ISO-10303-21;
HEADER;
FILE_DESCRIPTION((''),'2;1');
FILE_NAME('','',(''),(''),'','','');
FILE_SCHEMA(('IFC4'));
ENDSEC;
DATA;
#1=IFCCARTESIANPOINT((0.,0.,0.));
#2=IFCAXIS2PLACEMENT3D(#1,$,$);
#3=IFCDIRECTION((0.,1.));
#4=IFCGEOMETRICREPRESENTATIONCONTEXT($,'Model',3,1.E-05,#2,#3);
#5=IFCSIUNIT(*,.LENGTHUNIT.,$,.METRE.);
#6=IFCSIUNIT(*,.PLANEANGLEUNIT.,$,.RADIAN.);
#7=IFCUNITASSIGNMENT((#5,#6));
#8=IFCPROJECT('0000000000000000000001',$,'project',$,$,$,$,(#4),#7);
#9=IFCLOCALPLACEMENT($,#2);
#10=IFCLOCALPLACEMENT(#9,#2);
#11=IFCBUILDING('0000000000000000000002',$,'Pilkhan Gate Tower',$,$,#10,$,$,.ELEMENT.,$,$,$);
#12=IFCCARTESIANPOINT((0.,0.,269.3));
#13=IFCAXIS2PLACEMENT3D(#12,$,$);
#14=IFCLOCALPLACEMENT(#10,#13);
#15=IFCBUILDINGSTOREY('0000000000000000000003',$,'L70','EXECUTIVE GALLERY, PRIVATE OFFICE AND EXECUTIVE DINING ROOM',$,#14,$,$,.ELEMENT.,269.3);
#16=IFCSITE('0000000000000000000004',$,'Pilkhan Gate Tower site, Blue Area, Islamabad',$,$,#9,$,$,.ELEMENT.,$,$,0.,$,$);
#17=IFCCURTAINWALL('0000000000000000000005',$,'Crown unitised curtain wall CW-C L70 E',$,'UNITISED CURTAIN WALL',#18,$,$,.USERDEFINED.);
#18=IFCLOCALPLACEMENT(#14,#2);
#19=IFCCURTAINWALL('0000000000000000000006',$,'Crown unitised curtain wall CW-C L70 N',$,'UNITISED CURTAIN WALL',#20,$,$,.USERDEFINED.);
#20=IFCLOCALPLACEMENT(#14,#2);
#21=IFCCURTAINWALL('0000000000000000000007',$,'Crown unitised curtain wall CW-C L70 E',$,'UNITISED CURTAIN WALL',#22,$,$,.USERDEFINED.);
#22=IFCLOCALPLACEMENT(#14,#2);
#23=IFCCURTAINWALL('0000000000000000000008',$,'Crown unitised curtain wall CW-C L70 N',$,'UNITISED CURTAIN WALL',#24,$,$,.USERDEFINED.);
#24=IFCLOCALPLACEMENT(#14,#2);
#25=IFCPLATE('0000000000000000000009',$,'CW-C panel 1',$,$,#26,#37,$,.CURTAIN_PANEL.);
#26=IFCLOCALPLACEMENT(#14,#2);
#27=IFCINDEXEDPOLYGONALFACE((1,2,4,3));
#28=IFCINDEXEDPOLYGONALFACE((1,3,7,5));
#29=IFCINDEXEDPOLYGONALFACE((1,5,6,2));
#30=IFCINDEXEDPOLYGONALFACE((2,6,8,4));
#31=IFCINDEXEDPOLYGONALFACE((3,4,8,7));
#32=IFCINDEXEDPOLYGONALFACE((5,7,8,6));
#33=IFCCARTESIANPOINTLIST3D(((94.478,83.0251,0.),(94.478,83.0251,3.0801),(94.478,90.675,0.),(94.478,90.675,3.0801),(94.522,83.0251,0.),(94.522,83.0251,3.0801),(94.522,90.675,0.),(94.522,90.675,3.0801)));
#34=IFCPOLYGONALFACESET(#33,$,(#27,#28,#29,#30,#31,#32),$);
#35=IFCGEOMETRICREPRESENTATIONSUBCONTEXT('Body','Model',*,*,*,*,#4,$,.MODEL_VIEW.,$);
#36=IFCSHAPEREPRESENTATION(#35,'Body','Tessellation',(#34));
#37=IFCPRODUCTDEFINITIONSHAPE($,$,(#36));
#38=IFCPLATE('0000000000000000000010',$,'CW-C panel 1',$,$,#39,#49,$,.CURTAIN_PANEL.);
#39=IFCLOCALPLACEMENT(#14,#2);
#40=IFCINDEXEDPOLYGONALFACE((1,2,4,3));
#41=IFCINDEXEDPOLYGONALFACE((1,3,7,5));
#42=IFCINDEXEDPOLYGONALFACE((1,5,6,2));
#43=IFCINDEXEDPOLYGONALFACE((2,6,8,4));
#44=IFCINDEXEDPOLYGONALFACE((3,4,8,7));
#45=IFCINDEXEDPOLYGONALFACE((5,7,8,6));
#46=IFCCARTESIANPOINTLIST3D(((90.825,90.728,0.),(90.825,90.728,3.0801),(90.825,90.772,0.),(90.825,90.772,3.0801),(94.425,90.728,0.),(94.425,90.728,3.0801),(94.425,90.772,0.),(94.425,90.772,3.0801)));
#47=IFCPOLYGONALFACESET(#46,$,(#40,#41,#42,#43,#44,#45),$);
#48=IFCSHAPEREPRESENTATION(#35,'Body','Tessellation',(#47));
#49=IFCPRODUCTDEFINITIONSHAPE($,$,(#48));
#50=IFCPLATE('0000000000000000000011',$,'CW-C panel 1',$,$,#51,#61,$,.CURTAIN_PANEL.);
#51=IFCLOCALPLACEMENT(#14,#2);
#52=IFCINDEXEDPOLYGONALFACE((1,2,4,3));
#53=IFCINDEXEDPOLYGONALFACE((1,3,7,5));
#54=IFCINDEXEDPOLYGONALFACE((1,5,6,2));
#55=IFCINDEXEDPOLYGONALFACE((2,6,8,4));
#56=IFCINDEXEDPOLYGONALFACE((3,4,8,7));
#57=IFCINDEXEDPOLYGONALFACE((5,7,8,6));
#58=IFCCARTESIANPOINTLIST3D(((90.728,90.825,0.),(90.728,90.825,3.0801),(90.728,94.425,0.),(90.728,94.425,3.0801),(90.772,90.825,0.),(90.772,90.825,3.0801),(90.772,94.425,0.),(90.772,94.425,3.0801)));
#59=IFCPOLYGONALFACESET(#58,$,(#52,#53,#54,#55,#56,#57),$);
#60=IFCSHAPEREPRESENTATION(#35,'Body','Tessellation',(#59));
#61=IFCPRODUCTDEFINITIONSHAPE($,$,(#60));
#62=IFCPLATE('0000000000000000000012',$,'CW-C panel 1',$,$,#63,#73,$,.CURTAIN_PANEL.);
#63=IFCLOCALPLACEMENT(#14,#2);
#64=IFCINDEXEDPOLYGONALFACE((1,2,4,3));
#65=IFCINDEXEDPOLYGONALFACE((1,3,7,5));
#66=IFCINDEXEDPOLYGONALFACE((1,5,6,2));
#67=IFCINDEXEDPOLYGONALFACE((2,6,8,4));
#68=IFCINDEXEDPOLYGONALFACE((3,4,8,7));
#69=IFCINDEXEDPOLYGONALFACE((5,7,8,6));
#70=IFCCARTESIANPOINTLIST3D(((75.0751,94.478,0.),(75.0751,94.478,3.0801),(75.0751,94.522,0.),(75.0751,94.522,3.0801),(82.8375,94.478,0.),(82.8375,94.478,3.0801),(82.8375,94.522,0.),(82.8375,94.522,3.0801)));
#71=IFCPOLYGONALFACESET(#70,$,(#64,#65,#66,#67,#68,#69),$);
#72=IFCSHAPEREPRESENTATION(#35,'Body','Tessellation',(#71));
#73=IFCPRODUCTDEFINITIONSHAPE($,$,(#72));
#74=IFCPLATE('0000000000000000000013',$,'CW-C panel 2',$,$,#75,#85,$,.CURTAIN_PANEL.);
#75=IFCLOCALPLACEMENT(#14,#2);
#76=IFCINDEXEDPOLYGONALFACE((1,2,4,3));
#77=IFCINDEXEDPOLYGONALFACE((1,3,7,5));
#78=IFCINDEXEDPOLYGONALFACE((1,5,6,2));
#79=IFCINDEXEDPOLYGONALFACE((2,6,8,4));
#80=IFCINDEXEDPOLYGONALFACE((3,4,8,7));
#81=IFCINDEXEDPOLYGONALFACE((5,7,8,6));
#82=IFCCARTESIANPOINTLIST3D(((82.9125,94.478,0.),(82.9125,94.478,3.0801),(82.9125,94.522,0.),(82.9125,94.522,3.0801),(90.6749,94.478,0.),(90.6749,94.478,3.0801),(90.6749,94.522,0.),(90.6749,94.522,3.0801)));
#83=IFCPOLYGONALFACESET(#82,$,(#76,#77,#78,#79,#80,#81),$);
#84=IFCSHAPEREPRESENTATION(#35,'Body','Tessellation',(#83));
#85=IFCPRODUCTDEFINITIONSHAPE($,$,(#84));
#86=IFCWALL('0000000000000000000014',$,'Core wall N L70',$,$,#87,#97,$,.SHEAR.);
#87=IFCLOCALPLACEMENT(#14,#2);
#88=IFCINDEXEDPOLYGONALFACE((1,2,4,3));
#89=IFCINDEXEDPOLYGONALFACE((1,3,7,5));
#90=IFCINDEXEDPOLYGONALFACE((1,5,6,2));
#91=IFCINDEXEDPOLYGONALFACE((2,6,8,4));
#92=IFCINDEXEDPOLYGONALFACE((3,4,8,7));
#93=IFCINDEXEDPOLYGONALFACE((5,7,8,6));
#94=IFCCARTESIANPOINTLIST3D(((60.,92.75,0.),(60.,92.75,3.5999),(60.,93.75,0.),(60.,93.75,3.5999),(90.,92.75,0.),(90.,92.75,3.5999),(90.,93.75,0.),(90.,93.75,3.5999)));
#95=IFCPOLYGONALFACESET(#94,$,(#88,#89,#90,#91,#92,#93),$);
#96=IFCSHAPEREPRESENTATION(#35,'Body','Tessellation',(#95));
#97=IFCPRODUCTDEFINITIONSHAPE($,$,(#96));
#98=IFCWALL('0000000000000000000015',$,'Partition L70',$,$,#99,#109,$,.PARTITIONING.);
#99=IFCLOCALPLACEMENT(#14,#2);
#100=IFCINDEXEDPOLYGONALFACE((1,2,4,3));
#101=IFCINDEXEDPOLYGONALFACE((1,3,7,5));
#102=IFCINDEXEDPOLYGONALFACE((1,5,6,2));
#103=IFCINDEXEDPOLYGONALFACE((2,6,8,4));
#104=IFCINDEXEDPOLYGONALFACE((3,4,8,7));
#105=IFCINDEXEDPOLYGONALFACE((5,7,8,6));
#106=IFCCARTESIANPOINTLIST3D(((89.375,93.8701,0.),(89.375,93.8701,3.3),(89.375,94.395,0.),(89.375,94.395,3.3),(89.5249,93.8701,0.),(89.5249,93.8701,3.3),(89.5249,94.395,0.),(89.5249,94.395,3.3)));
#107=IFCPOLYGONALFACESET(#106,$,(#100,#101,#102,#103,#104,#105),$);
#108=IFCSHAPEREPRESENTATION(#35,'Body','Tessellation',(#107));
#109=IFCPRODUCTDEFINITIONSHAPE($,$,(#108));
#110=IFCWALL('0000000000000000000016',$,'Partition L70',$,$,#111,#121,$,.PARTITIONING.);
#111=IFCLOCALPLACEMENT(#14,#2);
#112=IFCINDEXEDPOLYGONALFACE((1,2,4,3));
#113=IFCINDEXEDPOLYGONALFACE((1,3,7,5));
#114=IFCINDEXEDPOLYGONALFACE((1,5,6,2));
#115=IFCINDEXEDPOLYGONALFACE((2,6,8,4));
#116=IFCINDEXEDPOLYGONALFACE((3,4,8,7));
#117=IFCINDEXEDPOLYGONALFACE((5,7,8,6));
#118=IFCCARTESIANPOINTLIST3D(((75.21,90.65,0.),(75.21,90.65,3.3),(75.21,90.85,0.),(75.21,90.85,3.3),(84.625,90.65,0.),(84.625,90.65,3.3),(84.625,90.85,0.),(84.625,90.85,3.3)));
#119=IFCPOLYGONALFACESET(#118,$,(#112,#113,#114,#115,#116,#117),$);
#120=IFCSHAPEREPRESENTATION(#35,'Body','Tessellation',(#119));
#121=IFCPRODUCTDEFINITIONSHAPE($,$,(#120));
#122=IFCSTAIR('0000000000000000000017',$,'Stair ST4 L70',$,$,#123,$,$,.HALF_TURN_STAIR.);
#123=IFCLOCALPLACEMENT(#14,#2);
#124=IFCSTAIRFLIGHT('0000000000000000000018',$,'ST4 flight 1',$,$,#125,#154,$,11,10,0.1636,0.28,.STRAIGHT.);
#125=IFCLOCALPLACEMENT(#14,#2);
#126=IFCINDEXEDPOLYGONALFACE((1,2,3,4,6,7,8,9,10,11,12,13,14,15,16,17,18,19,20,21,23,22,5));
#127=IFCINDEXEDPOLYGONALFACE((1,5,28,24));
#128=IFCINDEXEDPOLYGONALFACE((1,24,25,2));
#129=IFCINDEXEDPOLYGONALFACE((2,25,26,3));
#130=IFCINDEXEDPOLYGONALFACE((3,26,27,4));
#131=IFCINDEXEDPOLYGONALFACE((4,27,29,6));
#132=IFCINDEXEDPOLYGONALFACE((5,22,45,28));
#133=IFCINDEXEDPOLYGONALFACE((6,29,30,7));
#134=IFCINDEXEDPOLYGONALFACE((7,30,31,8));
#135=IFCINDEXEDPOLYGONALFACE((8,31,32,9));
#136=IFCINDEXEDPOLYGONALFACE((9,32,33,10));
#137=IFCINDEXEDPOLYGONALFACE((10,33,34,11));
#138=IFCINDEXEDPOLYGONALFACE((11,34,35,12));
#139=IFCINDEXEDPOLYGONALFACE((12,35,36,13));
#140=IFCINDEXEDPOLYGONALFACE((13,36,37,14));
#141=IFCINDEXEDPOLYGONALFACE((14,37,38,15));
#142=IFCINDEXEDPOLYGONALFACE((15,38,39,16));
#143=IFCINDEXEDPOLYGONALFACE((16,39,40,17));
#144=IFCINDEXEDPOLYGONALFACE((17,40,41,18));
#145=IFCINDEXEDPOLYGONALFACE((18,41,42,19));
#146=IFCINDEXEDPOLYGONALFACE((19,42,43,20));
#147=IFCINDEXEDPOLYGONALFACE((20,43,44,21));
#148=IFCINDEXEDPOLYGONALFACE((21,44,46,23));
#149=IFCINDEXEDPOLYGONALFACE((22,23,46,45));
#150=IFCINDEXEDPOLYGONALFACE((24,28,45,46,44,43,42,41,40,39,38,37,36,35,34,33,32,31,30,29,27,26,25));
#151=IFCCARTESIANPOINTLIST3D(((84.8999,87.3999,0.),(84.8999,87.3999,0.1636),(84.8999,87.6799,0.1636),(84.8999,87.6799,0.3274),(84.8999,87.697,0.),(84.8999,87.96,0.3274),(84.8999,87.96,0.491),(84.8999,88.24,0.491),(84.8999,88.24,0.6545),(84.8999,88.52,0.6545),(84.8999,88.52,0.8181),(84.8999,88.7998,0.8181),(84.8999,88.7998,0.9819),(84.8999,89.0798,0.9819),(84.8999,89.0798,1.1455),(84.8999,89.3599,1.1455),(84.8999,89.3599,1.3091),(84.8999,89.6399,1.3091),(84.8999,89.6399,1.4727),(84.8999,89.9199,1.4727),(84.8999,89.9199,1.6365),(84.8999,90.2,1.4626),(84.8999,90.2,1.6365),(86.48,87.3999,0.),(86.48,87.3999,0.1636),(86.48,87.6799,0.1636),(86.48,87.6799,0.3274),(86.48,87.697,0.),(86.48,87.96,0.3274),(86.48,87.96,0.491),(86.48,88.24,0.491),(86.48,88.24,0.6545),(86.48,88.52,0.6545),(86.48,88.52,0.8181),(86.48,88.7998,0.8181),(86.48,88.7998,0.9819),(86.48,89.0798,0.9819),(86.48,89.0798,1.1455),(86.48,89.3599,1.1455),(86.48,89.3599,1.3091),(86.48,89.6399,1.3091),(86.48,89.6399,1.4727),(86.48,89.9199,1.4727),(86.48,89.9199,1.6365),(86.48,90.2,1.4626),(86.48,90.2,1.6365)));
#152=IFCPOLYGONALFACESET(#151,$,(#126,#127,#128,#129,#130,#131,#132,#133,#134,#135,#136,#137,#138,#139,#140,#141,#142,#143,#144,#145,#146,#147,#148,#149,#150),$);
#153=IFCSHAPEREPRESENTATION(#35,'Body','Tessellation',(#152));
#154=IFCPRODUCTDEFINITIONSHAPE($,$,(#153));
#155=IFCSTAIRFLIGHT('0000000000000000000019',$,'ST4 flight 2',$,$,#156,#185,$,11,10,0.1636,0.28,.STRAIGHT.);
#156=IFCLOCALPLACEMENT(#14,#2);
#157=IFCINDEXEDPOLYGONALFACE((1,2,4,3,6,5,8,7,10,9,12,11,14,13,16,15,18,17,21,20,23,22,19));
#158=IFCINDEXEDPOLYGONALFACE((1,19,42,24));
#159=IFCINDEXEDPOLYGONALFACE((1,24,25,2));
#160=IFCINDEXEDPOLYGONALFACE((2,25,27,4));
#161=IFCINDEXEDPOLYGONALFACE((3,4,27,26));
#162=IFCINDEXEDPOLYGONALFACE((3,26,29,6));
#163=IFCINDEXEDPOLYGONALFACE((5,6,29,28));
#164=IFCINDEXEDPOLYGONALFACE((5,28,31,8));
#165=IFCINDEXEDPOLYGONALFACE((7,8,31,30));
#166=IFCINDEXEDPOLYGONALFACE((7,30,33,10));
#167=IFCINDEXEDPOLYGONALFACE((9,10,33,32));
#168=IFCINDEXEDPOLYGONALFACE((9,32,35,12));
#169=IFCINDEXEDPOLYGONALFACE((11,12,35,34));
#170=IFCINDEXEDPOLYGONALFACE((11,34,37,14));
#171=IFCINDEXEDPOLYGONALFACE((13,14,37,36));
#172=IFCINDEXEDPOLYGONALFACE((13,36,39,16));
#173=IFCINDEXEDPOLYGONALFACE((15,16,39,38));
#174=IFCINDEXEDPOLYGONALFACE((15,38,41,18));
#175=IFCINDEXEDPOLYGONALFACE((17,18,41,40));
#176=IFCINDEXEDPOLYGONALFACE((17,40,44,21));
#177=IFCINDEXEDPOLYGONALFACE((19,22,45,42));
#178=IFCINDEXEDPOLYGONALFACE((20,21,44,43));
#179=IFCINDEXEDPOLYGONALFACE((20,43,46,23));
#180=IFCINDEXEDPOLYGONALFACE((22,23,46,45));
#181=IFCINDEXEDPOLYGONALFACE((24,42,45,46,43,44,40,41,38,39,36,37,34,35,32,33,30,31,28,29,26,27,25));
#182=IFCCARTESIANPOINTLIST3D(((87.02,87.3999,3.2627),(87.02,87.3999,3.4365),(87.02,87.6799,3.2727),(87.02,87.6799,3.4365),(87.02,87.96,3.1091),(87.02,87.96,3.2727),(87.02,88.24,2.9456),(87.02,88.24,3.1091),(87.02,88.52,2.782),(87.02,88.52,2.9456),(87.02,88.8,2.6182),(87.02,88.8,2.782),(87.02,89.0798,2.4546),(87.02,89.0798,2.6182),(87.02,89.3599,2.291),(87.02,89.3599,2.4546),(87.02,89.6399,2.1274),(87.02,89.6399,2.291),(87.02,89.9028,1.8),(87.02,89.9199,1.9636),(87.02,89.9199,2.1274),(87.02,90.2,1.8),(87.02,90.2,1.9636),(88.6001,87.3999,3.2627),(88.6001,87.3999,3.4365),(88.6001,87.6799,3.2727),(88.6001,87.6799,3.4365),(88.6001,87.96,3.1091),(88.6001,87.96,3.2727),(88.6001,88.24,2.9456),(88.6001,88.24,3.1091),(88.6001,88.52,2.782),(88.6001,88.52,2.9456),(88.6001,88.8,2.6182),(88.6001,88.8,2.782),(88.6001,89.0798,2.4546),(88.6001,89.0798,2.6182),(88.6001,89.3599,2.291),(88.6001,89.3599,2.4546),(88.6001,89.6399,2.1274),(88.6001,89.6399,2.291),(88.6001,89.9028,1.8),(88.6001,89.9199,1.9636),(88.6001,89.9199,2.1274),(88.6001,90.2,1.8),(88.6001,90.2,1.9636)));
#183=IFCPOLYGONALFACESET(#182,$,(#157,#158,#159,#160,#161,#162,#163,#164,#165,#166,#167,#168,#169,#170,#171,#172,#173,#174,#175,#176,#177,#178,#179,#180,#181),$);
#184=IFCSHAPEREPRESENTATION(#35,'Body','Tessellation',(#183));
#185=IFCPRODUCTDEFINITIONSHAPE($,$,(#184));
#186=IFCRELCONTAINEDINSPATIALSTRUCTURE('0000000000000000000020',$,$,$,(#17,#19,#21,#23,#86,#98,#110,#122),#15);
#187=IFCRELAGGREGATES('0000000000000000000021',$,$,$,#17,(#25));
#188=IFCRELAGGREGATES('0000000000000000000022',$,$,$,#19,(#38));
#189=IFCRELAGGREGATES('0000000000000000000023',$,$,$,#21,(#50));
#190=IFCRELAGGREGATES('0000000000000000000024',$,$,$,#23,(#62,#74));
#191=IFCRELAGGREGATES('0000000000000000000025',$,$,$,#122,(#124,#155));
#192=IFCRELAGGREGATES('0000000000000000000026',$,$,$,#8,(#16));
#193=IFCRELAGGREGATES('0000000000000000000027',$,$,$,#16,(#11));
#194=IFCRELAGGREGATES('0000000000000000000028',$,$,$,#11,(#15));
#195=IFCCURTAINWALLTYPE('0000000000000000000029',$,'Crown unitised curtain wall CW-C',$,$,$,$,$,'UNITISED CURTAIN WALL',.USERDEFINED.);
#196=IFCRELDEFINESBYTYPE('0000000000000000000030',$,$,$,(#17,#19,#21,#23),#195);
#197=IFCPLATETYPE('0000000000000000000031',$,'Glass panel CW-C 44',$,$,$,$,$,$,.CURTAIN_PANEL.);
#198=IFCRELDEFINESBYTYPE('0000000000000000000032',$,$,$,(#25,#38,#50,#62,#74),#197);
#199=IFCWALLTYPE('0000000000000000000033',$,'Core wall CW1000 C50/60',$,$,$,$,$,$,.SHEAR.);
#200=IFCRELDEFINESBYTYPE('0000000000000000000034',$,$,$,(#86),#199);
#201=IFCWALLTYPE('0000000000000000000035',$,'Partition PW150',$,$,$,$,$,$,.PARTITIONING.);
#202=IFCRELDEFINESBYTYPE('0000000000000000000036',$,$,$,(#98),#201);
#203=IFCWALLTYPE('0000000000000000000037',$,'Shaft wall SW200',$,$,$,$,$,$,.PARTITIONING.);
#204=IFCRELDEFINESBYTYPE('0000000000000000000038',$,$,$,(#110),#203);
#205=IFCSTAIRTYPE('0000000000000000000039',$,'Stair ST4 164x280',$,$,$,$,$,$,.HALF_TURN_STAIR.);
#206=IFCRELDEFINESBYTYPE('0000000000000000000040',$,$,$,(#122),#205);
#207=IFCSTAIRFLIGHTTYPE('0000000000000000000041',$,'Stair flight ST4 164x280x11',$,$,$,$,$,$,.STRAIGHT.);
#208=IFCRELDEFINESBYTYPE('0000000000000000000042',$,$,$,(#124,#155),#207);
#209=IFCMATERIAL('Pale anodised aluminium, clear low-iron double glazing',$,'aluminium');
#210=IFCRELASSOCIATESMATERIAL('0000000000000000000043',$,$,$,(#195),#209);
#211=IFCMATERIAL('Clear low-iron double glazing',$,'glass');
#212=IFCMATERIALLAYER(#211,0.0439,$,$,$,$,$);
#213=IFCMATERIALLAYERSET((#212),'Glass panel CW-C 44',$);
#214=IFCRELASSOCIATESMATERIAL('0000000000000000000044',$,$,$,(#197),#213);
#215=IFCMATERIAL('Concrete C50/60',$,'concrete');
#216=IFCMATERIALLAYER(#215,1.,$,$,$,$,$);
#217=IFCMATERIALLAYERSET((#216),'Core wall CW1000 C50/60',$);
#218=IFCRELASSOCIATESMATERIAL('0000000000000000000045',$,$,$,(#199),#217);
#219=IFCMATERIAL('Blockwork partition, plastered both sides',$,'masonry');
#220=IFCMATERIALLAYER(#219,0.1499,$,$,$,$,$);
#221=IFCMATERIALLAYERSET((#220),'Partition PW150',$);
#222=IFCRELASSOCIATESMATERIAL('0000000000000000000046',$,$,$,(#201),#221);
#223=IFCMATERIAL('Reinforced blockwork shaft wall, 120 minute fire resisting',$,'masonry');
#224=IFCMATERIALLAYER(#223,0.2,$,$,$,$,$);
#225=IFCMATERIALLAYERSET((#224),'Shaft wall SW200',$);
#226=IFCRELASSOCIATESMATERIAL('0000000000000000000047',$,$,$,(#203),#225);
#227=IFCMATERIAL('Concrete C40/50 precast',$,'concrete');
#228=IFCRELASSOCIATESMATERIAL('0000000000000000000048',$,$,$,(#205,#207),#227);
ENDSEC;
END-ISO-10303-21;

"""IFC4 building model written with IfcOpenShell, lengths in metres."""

from ifc_helpers import new_model, si_unit, direction, frame, frame_2d, origin, origin_2d, place, context, subcontext, project, spatial, polyline, rectangle, outline, extrude, material, layer, layer_set, type_object, element, aggregate, save


model = new_model("IFC4")

# Units and contexts
model_context = context("Model", 3, precision=1e-05, world=origin(), true_north=direction((0.0, 1.0)))
body_context = subcontext(model_context, "Body", "Model", "MODEL_VIEW")
ifc_project = project(units=[si_unit("LENGTHUNIT", "METRE"), si_unit("PLANEANGLEUNIT", "RADIAN")], contexts=[model_context])

# Site, building, storey
site_placement = place(None, origin())
site = spatial("IfcSite", under=ifc_project, at=site_placement, Name="Pilkhan Gate Tower site, Blue Area, Islamabad", CompositionType="ELEMENT", RefElevation=0.0)
building_placement = place(site_placement, origin())
building = spatial("IfcBuilding", under=site, at=building_placement, Name="Pilkhan Gate Tower", CompositionType="ELEMENT")
storey_placement = place(building_placement, frame((0.0, 0.0, 269.3)))
storey = spatial("IfcBuildingStorey", under=building, at=storey_placement, Name="L70", Description="EXECUTIVE GALLERY, PRIVATE OFFICE AND EXECUTIVE DINING ROOM", CompositionType="ELEMENT", Elevation=269.3)

# Shared definitions
ifc_material_1 = material(Name="Concrete C50/60", Category="concrete")

# Curtain wall
ifc_material_2 = material(Name="Pale anodised aluminium, clear low-iron double glazing", Category="aluminium")
curtain_wall_type = type_object("IfcCurtainWallType", Name="Crown unitised curtain wall CW-C", ElementType="UNITISED CURTAIN WALL", PredefinedType="USERDEFINED", material=ifc_material_2)
curtain_wall_1_placement = place(storey_placement, origin())
curtain_wall_1 = element("IfcCurtainWall", 1, at=curtain_wall_1_placement, inside=storey, type_object=curtain_wall_type, Name="Crown unitised curtain wall CW-C L70 E", ObjectType="UNITISED CURTAIN WALL", PredefinedType="USERDEFINED")

# Curtain walls
curtain_wall_2_placement = place(storey_placement, origin())
curtain_wall_2 = element("IfcCurtainWall", 2, at=curtain_wall_2_placement, inside=storey, type_object=curtain_wall_type, Name="Crown unitised curtain wall CW-C L70 N", ObjectType="UNITISED CURTAIN WALL", PredefinedType="USERDEFINED")
curtain_wall_3_placement = place(storey_placement, origin())
curtain_wall_3 = element("IfcCurtainWall", 3, at=curtain_wall_3_placement, inside=storey, type_object=curtain_wall_type, Name="Crown unitised curtain wall CW-C L70 E", ObjectType="UNITISED CURTAIN WALL", PredefinedType="USERDEFINED")
curtain_wall_4_placement = place(storey_placement, origin())
curtain_wall_4 = element("IfcCurtainWall", 4, at=curtain_wall_4_placement, inside=storey, type_object=curtain_wall_type, Name="Crown unitised curtain wall CW-C L70 N", ObjectType="UNITISED CURTAIN WALL", PredefinedType="USERDEFINED")

# Plates
ifc_material_3 = material(Name="Clear low-iron double glazing", Category="glass")
ifc_layer_1 = layer(ifc_material_3, 0.0439)
ifc_layer_set_1 = layer_set([ifc_layer_1], Name="Glass panel CW-C 44")
plate_type = type_object("IfcPlateType", Name="Glass panel CW-C 44", PredefinedType="CURTAIN_PANEL", material=ifc_layer_set_1)
plate_1_placement = place(storey_placement, frame((94.5, 86.8501, 0.0), z_axis=(0.0, 0.0, 1.0), x_axis=(0.0, 1.0, 0.0)))
plate_1 = element("IfcPlate", 5, at=plate_1_placement, type_object=plate_type, Name="CW-C panel 1", PredefinedType="CURTAIN_PANEL", context=body_context, shape_type="SweptSolid", body=[
    extrude(rectangle(XDim=7.6499, YDim=0.0439, at=origin_2d()), origin(), (0.0, 0.0, 1.0), 3.0801),
])
aggregate(curtain_wall_1, [plate_1])
plate_2_placement = place(storey_placement, frame((92.625, 90.75, 0.0), z_axis=(0.0, 0.0, 1.0), x_axis=(1.0, 0.0, 0.0)))
plate_2 = element("IfcPlate", 6, at=plate_2_placement, type_object=plate_type, Name="CW-C panel 1", PredefinedType="CURTAIN_PANEL", context=body_context, shape_type="SweptSolid", body=[
    extrude(rectangle(XDim=3.6001, YDim=0.0439, at=origin_2d()), origin(), (0.0, 0.0, 1.0), 3.0801),
])
aggregate(curtain_wall_2, [plate_2])
plate_3_placement = place(storey_placement, frame((90.75, 92.625, 0.0), z_axis=(0.0, 0.0, 1.0), x_axis=(0.0, 1.0, 0.0)))
plate_3 = element("IfcPlate", 7, at=plate_3_placement, type_object=plate_type, Name="CW-C panel 1", PredefinedType="CURTAIN_PANEL", context=body_context, shape_type="SweptSolid", body=[
    extrude(rectangle(XDim=3.6001, YDim=0.0439, at=origin_2d()), origin(), (0.0, 0.0, 1.0), 3.0801),
])
aggregate(curtain_wall_3, [plate_3])
plate_4_placement = place(storey_placement, frame((78.9563, 94.5, 0.0), z_axis=(0.0, 0.0, 1.0), x_axis=(1.0, 0.0, 0.0)))
plate_4 = element("IfcPlate", 8, at=plate_4_placement, type_object=plate_type, Name="CW-C panel 1", PredefinedType="CURTAIN_PANEL", context=body_context, shape_type="SweptSolid", body=[
    extrude(rectangle(XDim=7.7625, YDim=0.0439, at=origin_2d()), origin(), (0.0, 0.0, 1.0), 3.0801),
])
plate_5_placement = place(storey_placement, frame((86.7937, 94.5, 0.0), z_axis=(0.0, 0.0, 1.0), x_axis=(1.0, 0.0, 0.0)))
plate_5 = element("IfcPlate", 9, at=plate_5_placement, type_object=plate_type, Name="CW-C panel 2", PredefinedType="CURTAIN_PANEL", context=body_context, shape_type="SweptSolid", body=[
    extrude(rectangle(XDim=7.7625, YDim=0.0439, at=origin_2d()), origin(), (0.0, 0.0, 1.0), 3.0801),
])
aggregate(curtain_wall_4, [plate_4, plate_5])

# Walls
ifc_layer_2 = layer(ifc_material_1, 1.0)
ifc_layer_set_2 = layer_set([ifc_layer_2], Name="Core wall CW1000 C50/60")
wall_type_1 = type_object("IfcWallType", Name="Core wall CW1000 C50/60", PredefinedType="SHEAR", material=ifc_layer_set_2)
wall_1_placement = place(storey_placement, frame((90.0, 93.25, 0.0), z_axis=(0.0, 0.0, 1.0), x_axis=(-1.0, 0.0, 0.0)))
element("IfcWall", 10, at=wall_1_placement, inside=storey, type_object=wall_type_1, Name="Core wall N L70", PredefinedType="SHEAR", context=body_context, shape_type="SweptSolid", body=[
    extrude(rectangle(XDim=30.0, YDim=1.0, at=frame_2d((15.0, 0.0))), origin(), (0.0, 0.0, 1.0), 3.5999),
])
ifc_material_4 = material(Name="Blockwork partition, plastered both sides", Category="masonry")
ifc_layer_3 = layer(ifc_material_4, 0.1499)
ifc_layer_set_3 = layer_set([ifc_layer_3], Name="Partition PW150")
wall_type_2 = type_object("IfcWallType", Name="Partition PW150", PredefinedType="PARTITIONING", material=ifc_layer_set_3)
wall_2_placement = place(storey_placement, frame((89.45, 93.8701, 0.0), z_axis=(0.0, 0.0, 1.0), x_axis=(0.0, 1.0, 0.0)))
element("IfcWall", 11, at=wall_2_placement, inside=storey, type_object=wall_type_2, Name="Partition L70", PredefinedType="PARTITIONING", context=body_context, shape_type="SweptSolid", body=[
    extrude(rectangle(XDim=0.5249, YDim=0.1499, at=frame_2d((0.2625, 0.0))), origin(), (0.0, 0.0, 1.0), 3.3),
])
ifc_material_5 = material(Name="Reinforced blockwork shaft wall, 120 minute fire resisting", Category="masonry")
ifc_layer_4 = layer(ifc_material_5, 0.2)
ifc_layer_set_4 = layer_set([ifc_layer_4], Name="Shaft wall SW200")
wall_type_3 = type_object("IfcWallType", Name="Shaft wall SW200", PredefinedType="PARTITIONING", material=ifc_layer_set_4)
wall_3_placement = place(storey_placement, frame((75.21, 90.75, 0.0), z_axis=(0.0, 0.0, 1.0), x_axis=(1.0, 0.0, 0.0)))
element("IfcWall", 12, at=wall_3_placement, inside=storey, type_object=wall_type_3, Name="Partition L70", PredefinedType="PARTITIONING", context=body_context, shape_type="SweptSolid", body=[
    extrude(rectangle(XDim=9.415, YDim=0.2, at=frame_2d((4.7075, 0.0))), origin(), (0.0, 0.0, 1.0), 3.3),
])

# Stair, stair flights
ifc_material_6 = material(Name="Concrete C40/50 precast", Category="concrete")
stair_type = type_object("IfcStairType", Name="Stair ST4 164x280", PredefinedType="HALF_TURN_STAIR", material=ifc_material_6)
stair_placement = place(storey_placement, origin())
stair = element("IfcStair", 13, at=stair_placement, inside=storey, type_object=stair_type, Name="Stair ST4 L70", PredefinedType="HALF_TURN_STAIR")
stair_flight_type = type_object("IfcStairFlightType", Name="Stair flight ST4 164x280x11", PredefinedType="STRAIGHT", material=ifc_material_6)
stair_flight_1_placement = place(storey_placement, frame((85.6899, 87.3999, 0.0), z_axis=(0.0, 0.0, 1.0), x_axis=(0.0, 1.0, 0.0)))
stair_flight_1 = element("IfcStairFlight", 14, at=stair_flight_1_placement, type_object=stair_flight_type, Name="ST4 flight 1", NumberOfRisers=11, NumberOfTreads=10, PredefinedType="STRAIGHT", RiserHeight=0.1636, TreadLength=0.28, context=body_context, shape_type="SweptSolid", body=[
    extrude(outline(polyline([(0.0, 0.0), (0.0, 0.1636), (0.28, 0.1636), (0.28, 0.3274), (0.5601, 0.3274), (0.5601, 0.491), (0.8401, 0.491), (0.8401, 0.6545), (1.1201, 0.6545), (1.1201, 0.8181), (1.3999, 0.8181), (1.3999, 0.9819), (1.6799, 0.9819), (1.6799, 1.1455), (1.96, 1.1455), (1.96, 1.3091), (2.24, 1.3091), (2.24, 1.4727), (2.52, 1.4727), (2.52, 1.6365), (2.8, 1.6365), (2.8, 1.8), (2.8, 1.4626), (0.2971, 0.0), (0.0, 0.0)])), frame((0.0, 0.79, 0.0), z_axis=(0.0, -1.0, 0.0), x_axis=(1.0, 0.0, 0.0)), (0.0, 0.0, 1.0), 1.5801),
])
stair_flight_2_placement = place(storey_placement, frame((87.8101, 90.2, 1.8), z_axis=(0.0, 0.0, 1.0), x_axis=(0.0, -1.0, 0.0)))
stair_flight_2 = element("IfcStairFlight", 15, at=stair_flight_2_placement, type_object=stair_flight_type, Name="ST4 flight 2", NumberOfRisers=11, NumberOfTreads=10, PredefinedType="STRAIGHT", RiserHeight=0.1636, TreadLength=0.28, context=body_context, shape_type="SweptSolid", body=[
    extrude(outline(polyline([(0.0, 0.0), (0.0, 0.1636), (0.28, 0.1636), (0.28, 0.3274), (0.5601, 0.3274), (0.5601, 0.491), (0.8401, 0.491), (0.8401, 0.6545), (1.1201, 0.6545), (1.1201, 0.8181), (1.3999, 0.8181), (1.3999, 0.9819), (1.6799, 0.9819), (1.6799, 1.1455), (1.96, 1.1455), (1.96, 1.3091), (2.24, 1.3091), (2.24, 1.4727), (2.52, 1.4727), (2.52, 1.6365), (2.8, 1.6365), (2.8, 1.8), (2.8, 1.4626), (0.2971, 0.0), (0.0, 0.0)])), frame((0.0, 0.79, 0.0), z_axis=(0.0, -1.0, 0.0), x_axis=(1.0, 0.0, 0.0)), (0.0, 0.0, 1.0), 1.5801),
])
aggregate(stair, [stair_flight_1, stair_flight_2])

save(model, "model.ifc")
